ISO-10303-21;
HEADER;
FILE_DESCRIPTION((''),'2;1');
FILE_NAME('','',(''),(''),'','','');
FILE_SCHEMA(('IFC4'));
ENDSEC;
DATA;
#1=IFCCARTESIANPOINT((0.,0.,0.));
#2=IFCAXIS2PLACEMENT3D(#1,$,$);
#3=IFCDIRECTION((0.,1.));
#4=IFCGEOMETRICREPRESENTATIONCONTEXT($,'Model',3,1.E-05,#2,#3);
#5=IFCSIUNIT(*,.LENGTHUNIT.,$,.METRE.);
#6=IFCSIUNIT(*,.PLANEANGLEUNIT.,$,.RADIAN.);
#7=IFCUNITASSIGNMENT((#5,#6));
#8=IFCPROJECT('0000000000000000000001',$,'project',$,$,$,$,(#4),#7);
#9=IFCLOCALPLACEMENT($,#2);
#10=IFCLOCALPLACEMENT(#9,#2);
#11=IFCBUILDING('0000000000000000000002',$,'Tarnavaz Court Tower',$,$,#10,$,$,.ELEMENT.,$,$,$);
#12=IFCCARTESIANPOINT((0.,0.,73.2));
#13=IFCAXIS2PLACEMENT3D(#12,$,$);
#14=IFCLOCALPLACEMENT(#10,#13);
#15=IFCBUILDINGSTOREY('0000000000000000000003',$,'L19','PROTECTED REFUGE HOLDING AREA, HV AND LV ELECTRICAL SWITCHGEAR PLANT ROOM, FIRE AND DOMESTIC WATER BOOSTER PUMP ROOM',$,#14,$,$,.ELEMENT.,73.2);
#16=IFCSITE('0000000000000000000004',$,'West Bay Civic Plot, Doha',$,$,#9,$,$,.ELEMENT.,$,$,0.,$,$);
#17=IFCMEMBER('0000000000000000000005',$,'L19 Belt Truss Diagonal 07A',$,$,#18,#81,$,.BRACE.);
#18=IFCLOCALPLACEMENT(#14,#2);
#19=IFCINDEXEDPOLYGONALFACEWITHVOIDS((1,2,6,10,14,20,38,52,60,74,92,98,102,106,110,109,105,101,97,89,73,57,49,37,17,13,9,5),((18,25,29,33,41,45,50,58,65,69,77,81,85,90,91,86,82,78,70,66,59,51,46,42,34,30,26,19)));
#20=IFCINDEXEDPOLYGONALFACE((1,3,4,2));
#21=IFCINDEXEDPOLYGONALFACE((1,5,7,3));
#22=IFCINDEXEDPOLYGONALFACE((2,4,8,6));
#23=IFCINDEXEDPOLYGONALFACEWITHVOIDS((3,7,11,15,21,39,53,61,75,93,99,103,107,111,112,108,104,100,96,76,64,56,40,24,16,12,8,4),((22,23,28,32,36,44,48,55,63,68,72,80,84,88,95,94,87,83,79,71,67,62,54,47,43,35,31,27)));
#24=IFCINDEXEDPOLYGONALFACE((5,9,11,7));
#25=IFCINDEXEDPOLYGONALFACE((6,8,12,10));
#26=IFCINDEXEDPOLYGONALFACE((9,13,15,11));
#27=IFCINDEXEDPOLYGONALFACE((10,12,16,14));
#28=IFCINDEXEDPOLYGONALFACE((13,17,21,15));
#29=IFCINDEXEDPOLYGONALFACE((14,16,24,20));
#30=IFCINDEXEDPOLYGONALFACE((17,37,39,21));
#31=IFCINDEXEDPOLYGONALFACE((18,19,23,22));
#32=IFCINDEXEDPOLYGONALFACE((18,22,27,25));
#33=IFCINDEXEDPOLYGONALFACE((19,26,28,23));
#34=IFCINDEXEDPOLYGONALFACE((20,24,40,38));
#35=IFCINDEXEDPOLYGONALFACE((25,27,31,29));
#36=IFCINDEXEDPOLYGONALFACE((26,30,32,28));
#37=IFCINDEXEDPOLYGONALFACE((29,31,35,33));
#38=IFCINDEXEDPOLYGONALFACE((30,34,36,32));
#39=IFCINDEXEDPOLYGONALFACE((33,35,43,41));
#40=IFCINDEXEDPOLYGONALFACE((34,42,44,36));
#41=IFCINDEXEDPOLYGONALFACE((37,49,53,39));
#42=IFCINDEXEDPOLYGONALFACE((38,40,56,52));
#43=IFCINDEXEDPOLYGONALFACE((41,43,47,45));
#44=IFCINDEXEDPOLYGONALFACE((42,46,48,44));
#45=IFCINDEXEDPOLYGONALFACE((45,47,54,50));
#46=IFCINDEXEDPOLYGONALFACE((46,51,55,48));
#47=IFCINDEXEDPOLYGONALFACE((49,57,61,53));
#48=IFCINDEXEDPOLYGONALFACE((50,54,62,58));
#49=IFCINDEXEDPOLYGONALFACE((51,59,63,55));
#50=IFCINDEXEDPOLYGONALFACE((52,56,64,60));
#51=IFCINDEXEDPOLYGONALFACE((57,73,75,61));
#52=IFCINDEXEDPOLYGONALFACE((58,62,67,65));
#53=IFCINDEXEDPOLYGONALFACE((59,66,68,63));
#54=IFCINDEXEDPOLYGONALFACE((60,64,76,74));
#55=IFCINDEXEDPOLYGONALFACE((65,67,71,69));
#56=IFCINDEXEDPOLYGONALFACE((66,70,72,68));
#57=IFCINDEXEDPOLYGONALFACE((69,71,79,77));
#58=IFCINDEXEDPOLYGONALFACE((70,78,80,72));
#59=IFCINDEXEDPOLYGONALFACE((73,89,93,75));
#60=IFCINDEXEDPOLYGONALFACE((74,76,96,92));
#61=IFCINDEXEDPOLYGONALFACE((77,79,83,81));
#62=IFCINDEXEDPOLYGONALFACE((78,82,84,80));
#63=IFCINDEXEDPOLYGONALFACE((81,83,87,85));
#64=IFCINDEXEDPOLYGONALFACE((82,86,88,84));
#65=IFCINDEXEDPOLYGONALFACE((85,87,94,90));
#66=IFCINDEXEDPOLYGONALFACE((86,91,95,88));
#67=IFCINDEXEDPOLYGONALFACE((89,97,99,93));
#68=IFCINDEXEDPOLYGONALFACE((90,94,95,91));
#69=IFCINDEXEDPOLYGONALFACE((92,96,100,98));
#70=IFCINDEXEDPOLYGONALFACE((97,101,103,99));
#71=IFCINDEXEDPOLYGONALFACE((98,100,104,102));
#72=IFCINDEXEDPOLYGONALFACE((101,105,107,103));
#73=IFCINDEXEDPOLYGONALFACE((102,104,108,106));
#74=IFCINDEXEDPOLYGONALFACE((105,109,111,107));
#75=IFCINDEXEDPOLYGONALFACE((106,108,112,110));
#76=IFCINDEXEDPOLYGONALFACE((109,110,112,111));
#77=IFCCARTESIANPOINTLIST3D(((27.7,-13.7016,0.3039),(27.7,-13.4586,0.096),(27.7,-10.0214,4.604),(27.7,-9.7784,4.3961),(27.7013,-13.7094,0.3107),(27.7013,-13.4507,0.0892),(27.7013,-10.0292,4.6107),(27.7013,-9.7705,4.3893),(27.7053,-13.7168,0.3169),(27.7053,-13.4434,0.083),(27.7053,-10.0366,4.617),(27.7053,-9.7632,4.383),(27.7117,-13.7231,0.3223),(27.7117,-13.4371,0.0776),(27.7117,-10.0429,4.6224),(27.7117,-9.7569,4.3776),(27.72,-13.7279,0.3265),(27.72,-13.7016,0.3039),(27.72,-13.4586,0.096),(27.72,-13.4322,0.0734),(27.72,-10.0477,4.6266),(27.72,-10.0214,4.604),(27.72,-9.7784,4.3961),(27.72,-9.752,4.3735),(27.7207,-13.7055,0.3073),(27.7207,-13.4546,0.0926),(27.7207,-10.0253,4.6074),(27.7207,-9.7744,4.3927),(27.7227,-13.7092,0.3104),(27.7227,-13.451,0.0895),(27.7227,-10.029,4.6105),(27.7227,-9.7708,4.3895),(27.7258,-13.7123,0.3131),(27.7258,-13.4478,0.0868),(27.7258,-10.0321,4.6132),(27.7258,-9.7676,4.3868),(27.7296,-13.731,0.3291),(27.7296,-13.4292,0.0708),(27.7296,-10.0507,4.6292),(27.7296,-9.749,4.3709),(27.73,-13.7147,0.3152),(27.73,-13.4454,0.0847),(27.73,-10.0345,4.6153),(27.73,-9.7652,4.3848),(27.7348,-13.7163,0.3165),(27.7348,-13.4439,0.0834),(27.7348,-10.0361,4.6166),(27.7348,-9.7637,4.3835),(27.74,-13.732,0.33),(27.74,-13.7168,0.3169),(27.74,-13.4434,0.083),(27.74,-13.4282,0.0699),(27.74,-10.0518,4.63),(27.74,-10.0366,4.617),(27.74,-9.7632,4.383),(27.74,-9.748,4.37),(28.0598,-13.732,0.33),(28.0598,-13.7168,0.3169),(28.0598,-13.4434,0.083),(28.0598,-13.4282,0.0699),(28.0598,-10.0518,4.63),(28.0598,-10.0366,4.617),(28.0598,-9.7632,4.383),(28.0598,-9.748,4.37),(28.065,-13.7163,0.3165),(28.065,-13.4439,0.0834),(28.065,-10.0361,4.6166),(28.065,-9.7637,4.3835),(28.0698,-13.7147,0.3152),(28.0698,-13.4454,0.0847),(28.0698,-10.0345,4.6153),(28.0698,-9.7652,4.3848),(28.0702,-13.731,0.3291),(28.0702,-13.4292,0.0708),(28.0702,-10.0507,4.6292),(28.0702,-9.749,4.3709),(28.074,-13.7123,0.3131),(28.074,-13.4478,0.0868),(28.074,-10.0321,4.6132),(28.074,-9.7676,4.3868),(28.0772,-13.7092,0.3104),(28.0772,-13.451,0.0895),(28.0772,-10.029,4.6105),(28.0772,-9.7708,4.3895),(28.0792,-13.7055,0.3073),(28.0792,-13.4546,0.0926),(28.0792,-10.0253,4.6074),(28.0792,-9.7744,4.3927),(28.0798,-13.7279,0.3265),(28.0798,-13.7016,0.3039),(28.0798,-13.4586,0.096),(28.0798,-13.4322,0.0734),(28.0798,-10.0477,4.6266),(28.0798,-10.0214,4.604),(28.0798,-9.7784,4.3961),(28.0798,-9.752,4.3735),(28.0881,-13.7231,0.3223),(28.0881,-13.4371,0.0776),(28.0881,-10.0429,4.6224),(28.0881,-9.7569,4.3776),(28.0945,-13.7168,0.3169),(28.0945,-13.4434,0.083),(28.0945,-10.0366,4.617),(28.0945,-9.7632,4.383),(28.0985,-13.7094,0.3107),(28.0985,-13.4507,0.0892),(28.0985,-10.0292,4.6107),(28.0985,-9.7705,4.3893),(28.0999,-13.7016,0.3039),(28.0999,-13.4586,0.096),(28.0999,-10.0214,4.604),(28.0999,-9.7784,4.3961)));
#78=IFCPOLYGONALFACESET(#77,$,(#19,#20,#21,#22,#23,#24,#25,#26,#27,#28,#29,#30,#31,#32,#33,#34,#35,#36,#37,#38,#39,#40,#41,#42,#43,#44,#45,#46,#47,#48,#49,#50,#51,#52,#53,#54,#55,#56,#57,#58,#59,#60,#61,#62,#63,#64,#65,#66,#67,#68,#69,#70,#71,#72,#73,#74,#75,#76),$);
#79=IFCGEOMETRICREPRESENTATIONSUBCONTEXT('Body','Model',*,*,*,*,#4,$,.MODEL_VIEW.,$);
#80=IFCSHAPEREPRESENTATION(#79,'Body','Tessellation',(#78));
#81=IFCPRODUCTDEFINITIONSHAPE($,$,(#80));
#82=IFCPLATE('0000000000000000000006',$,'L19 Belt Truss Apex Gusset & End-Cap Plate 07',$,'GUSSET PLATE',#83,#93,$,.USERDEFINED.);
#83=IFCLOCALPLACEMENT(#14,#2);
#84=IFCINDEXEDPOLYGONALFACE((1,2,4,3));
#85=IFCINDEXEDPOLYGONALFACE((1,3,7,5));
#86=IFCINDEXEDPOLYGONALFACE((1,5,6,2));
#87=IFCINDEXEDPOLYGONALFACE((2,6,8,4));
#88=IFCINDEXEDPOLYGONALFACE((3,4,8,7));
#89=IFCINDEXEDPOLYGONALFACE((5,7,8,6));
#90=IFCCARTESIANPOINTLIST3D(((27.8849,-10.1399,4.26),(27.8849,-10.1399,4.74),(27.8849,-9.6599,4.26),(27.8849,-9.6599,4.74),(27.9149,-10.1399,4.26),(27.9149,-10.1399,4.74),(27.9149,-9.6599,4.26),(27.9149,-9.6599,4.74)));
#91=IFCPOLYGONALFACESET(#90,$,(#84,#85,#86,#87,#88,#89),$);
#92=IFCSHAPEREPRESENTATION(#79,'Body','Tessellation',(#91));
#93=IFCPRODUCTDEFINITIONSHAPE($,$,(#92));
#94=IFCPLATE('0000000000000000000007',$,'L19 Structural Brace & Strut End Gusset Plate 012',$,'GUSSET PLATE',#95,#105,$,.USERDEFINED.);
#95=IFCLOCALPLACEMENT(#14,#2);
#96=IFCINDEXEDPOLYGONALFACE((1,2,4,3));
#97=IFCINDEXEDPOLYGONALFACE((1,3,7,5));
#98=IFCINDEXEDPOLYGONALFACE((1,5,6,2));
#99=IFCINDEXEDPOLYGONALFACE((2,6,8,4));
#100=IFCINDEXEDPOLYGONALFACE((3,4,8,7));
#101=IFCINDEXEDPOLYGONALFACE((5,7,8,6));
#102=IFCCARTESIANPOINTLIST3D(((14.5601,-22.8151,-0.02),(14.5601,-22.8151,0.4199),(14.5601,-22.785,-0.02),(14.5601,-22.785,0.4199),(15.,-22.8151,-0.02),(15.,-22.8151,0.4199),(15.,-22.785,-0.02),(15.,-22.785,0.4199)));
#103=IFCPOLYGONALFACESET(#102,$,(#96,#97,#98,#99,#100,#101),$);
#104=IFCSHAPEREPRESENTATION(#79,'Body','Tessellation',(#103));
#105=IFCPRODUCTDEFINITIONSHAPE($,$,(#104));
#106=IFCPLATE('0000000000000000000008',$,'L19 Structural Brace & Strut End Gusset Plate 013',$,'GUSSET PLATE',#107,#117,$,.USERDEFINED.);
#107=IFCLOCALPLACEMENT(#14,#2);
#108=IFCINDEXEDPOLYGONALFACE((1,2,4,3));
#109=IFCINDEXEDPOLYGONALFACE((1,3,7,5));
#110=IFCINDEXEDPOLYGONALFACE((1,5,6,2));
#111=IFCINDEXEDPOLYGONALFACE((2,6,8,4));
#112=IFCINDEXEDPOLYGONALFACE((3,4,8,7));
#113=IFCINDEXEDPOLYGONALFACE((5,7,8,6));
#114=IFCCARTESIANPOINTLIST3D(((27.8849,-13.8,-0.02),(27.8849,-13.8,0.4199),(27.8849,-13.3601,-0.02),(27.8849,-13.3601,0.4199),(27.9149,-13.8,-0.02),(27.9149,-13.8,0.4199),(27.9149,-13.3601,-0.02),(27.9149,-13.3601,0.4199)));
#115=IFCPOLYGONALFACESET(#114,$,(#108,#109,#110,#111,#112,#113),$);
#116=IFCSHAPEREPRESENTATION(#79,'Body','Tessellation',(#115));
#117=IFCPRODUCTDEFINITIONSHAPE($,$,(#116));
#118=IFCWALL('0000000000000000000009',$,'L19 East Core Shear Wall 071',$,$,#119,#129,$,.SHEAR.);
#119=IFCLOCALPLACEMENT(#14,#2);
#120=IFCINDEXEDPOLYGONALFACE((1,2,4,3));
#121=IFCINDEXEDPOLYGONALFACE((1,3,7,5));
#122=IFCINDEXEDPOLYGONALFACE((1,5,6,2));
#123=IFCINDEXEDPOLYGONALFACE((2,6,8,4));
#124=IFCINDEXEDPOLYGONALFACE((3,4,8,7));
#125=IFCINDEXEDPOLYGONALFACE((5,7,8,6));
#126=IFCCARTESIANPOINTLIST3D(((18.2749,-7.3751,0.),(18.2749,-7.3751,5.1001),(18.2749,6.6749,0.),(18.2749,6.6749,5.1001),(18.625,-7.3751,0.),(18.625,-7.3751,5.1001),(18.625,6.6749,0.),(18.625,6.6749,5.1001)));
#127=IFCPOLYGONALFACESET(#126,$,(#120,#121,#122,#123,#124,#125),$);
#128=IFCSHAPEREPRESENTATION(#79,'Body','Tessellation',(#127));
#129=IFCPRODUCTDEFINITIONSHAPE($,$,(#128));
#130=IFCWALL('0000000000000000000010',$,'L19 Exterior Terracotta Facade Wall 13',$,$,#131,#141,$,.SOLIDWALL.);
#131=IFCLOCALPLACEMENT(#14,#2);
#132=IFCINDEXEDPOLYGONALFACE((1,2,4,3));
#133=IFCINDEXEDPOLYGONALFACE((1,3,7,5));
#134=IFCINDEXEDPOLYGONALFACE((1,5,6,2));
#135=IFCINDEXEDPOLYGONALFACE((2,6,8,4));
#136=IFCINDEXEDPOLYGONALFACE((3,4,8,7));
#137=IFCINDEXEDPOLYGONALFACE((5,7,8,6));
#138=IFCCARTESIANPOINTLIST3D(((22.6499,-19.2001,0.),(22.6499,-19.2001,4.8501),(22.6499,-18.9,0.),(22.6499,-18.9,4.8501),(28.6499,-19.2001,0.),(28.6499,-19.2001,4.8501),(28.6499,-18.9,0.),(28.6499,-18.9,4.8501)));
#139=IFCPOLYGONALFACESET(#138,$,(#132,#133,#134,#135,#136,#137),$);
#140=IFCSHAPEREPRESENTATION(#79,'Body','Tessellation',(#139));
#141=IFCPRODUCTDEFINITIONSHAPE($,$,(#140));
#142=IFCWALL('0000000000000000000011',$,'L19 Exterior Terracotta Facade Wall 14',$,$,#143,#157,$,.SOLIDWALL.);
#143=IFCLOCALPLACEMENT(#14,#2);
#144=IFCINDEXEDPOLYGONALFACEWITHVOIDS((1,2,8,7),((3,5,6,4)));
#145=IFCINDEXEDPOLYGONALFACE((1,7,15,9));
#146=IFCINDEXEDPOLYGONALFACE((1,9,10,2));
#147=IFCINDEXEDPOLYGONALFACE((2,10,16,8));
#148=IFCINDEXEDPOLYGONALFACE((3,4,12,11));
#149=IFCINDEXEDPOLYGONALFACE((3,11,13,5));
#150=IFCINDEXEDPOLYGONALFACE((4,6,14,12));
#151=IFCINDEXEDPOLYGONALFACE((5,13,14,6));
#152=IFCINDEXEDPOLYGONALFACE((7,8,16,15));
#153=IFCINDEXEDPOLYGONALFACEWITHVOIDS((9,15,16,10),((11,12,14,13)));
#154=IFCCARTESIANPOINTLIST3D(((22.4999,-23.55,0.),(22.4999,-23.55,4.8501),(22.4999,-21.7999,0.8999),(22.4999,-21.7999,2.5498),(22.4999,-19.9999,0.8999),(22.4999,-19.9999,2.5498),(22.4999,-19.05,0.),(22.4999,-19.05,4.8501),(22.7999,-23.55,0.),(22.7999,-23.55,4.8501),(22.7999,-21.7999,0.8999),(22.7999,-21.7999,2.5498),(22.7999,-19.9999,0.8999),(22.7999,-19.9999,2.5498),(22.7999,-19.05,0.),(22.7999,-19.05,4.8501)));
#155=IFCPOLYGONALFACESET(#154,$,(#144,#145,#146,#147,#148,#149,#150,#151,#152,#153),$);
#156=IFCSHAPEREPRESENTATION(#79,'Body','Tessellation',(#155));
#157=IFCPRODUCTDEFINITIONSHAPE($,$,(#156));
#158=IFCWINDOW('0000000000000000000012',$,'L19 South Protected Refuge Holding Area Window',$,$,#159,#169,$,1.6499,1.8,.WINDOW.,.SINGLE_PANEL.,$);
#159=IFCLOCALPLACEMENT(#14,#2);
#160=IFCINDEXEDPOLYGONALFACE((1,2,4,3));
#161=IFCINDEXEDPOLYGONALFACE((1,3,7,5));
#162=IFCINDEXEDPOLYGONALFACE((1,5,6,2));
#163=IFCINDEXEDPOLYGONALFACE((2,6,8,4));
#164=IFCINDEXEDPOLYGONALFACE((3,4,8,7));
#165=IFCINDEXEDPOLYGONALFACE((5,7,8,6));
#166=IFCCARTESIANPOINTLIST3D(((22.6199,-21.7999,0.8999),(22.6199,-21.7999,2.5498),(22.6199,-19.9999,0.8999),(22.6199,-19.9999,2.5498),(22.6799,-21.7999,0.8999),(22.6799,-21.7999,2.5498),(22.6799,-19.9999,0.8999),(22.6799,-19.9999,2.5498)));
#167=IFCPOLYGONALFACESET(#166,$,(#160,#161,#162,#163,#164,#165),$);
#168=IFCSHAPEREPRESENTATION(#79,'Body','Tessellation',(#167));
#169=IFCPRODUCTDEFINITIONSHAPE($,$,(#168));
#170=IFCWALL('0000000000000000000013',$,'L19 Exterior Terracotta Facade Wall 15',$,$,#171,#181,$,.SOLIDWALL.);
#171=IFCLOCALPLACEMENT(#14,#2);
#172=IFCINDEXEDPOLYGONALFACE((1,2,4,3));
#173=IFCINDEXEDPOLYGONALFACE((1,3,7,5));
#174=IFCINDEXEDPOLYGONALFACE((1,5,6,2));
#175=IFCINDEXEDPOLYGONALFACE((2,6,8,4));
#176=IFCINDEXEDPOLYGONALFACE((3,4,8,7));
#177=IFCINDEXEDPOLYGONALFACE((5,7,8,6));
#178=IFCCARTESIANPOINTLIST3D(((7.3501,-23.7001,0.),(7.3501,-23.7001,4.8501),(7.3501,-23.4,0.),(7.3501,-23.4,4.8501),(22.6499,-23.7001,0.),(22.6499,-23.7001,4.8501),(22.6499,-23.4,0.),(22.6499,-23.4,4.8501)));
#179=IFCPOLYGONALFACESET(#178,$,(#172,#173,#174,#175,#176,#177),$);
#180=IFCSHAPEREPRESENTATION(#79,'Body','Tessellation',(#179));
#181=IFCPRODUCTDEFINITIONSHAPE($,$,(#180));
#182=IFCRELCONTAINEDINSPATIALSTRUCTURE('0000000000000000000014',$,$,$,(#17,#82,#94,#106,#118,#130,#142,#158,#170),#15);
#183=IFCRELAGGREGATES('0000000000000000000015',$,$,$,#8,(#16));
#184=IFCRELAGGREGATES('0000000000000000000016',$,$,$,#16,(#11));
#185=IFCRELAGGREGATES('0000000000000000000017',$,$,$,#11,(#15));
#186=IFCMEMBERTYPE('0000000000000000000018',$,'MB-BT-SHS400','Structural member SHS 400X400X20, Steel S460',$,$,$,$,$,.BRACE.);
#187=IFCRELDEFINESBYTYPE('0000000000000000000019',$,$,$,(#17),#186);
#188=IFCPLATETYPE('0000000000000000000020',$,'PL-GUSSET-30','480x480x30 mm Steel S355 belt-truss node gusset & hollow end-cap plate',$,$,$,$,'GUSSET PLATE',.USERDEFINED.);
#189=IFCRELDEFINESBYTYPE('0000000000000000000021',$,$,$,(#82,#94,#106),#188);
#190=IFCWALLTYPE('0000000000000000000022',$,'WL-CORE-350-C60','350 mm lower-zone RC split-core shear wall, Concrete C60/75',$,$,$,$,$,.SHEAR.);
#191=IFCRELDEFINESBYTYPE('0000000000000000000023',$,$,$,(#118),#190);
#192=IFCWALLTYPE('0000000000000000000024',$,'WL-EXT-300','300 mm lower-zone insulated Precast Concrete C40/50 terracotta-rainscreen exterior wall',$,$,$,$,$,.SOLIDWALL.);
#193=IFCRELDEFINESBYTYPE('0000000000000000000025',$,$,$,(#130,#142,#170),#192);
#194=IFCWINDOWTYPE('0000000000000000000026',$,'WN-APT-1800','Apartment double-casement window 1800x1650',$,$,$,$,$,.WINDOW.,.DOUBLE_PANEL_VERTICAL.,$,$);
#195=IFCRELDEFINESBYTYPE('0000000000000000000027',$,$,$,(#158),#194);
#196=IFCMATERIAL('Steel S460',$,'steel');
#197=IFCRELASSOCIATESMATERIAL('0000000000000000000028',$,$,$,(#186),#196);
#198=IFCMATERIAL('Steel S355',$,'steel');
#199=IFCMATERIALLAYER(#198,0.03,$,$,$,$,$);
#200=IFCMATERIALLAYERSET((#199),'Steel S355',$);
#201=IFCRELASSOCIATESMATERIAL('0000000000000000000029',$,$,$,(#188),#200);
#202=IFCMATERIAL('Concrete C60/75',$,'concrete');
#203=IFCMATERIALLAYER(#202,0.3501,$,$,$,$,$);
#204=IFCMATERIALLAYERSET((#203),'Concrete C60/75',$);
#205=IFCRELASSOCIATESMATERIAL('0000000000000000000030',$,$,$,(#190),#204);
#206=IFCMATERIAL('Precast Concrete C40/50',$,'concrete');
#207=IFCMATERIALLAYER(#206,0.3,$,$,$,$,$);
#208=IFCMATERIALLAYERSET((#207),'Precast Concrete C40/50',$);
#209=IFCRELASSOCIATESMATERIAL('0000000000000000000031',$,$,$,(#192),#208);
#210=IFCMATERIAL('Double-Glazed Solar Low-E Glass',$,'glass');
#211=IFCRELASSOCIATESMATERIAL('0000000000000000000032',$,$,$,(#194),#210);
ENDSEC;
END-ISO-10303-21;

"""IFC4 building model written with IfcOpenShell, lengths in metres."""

from ifc_helpers import new_model, si_unit, direction, frame, frame_2d, origin, origin_2d, place, context, subcontext, project, spatial, rectangle, hollow_rectangle, extrude, material, layer, layer_set, material_profile, profile_set, type_object, element, fill, save


model = new_model("IFC4")

# Units and contexts
model_context = context("Model", 3, precision=1e-05, world=origin(), true_north=direction((0.0, 1.0)))
body_context = subcontext(model_context, "Body", "Model", "MODEL_VIEW")
ifc_project = project(units=[si_unit("LENGTHUNIT", "METRE"), si_unit("PLANEANGLEUNIT", "RADIAN")], contexts=[model_context])

# Site, building, storey
site_placement = place(None, origin())
site = spatial("IfcSite", under=ifc_project, at=site_placement, Name="West Bay Civic Plot, Doha", CompositionType="ELEMENT", RefElevation=0.0)
building_placement = place(site_placement, origin())
building = spatial("IfcBuilding", under=site, at=building_placement, Name="Tarnavaz Court Tower", CompositionType="ELEMENT")
storey_placement = place(building_placement, frame((0.0, 0.0, 73.2)))
storey = spatial("IfcBuildingStorey", under=building, at=storey_placement, Name="L19", Description="PROTECTED REFUGE HOLDING AREA, HV AND LV ELECTRICAL SWITCHGEAR PLANT ROOM, FIRE AND DOMESTIC WATER BOOSTER PUMP ROOM", CompositionType="ELEMENT", Elevation=73.2)

# Shared definitions
ifc_material_1 = material(Name="Concrete C60/75", Category="concrete")
ifc_material_2 = material(Name="Steel S460", Category="steel")

# Member
ifc_material_profile_1 = material_profile(ifc_material_2, hollow_rectangle(XDim=0.3999, YDim=0.3999, WallThickness=0.02, InnerFilletRadius=0.02, OuterFilletRadius=0.04, at=origin_2d()), Name="SHS 400X400X20")
ifc_profile_set_1 = profile_set([ifc_material_profile_1], Name="Steel S460")
member_type_1 = type_object("IfcMemberType", Name="MB-BT-SHS400", Description="Structural member SHS 400X400X20, Steel S460", PredefinedType="BRACE", material=ifc_profile_set_1)
member_1_placement = place(storey_placement, frame((27.8999, -13.5801, 0.2), z_axis=(0.0, 0.650223, 0.759744), x_axis=(-1.0, 0.0, 0.0)))
element("IfcMember", 1, at=member_1_placement, inside=storey, type_object=member_type_1, Name="L19 Belt Truss Diagonal 07A", PredefinedType="BRACE", context=body_context, shape_type="SweptSolid", body=[
    extrude(hollow_rectangle(XDim=0.3999, YDim=0.3999, WallThickness=0.02, InnerFilletRadius=0.02, OuterFilletRadius=0.04, at=origin_2d()), origin(), (0.0, 0.0, 1.0), 5.6599),
])

# Plates
ifc_material_3 = material(Name="Steel S355", Category="steel")
ifc_layer_1 = layer(ifc_material_3, 0.03)
ifc_layer_set_1 = layer_set([ifc_layer_1], Name="Steel S355")
plate_type = type_object("IfcPlateType", Name="PL-GUSSET-30", Description="480x480x30 mm Steel S355 belt-truss node gusset & hollow end-cap plate", ElementType="GUSSET PLATE", PredefinedType="USERDEFINED", material=ifc_layer_set_1)
plate_placement = place(storey_placement, frame((27.8999, -9.8999, 4.26), z_axis=(0.0, 0.0, 1.0), x_axis=(0.0, 1.0, 0.0)))
element("IfcPlate", 2, at=plate_placement, inside=storey, type_object=plate_type, Name="L19 Belt Truss Apex Gusset & End-Cap Plate 07", ObjectType="GUSSET PLATE", PredefinedType="USERDEFINED", context=body_context, shape_type="SweptSolid", body=[
    extrude(rectangle(XDim=0.48, YDim=0.03, at=origin_2d()), origin(), (0.0, 0.0, 1.0), 0.48),
])
for number, where, z_axis, x_axis, name in (
    (3, (14.78, -22.8, -0.02), (0.0, 0.0, 1.0), (1.0, 0.0, 0.0), "L19 Structural Brace & Strut End Gusset Plate 012"),
    (4, (27.8999, -13.5801, -0.02), (0.0, 0.0, 1.0), (0.0, 1.0, 0.0), "L19 Structural Brace & Strut End Gusset Plate 013"),
):
    element("IfcPlate", number, at=place(storey_placement, frame(where, z_axis=z_axis, x_axis=x_axis)), inside=storey, type_object=plate_type, Name=name, ObjectType="GUSSET PLATE", PredefinedType="USERDEFINED", context=body_context, shape_type="SweptSolid", body=[
        extrude(rectangle(XDim=0.4399, YDim=0.03, at=origin_2d()), origin(), (0.0, 0.0, 1.0), 0.4399),
    ])

# Walls
ifc_layer_2 = layer(ifc_material_1, 0.3501)
ifc_layer_set_2 = layer_set([ifc_layer_2], Name="Concrete C60/75")
wall_type_1 = type_object("IfcWallType", Name="WL-CORE-350-C60", Description="350 mm lower-zone RC split-core shear wall, Concrete C60/75", PredefinedType="SHEAR", material=ifc_layer_set_2)
wall_1_placement = place(storey_placement, frame((18.45, -7.375, 0.0), z_axis=(0.0, 0.0, 1.0), x_axis=(0.0, 1.0, 0.0)))
element("IfcWall", 5, at=wall_1_placement, inside=storey, type_object=wall_type_1, Name="L19 East Core Shear Wall 071", PredefinedType="SHEAR", context=body_context, shape_type="SweptSolid", body=[
    extrude(rectangle(XDim=14.05, YDim=0.3501, at=frame_2d((7.0249, 0.0))), origin(), (0.0, 0.0, 1.0), 5.1001),
])
ifc_material_4 = material(Name="Precast Concrete C40/50", Category="concrete")
ifc_layer_3 = layer(ifc_material_4, 0.3)
ifc_layer_set_3 = layer_set([ifc_layer_3], Name="Precast Concrete C40/50")
wall_type_2 = type_object("IfcWallType", Name="WL-EXT-300", Description="300 mm lower-zone insulated Precast Concrete C40/50 terracotta-rainscreen exterior wall", PredefinedType="SOLIDWALL", material=ifc_layer_set_3)
wall_2_placement = place(storey_placement, frame((28.6499, -19.05, 0.0), z_axis=(0.0, 0.0, 1.0), x_axis=(-1.0, 0.0, 0.0)))
element("IfcWall", 6, at=wall_2_placement, inside=storey, type_object=wall_type_2, Name="L19 Exterior Terracotta Facade Wall 13", PredefinedType="SOLIDWALL", context=body_context, shape_type="SweptSolid", body=[
    extrude(rectangle(XDim=6.0, YDim=0.3, at=frame_2d((3.0, 0.0))), origin(), (0.0, 0.0, 1.0), 4.8501),
])

# Wall, opening, window
wall_3_placement = place(storey_placement, frame((22.6499, -19.05, 0.0), z_axis=(0.0, 0.0, 1.0), x_axis=(0.0, -1.0, 0.0)))
wall_3 = element("IfcWall", 7, at=wall_3_placement, inside=storey, type_object=wall_type_2, Name="L19 Exterior Terracotta Facade Wall 14", PredefinedType="SOLIDWALL", context=body_context, shape_type="SweptSolid", body=[
    extrude(rectangle(XDim=4.5, YDim=0.3, at=frame_2d((2.25, 0.0))), origin(), (0.0, 0.0, 1.0), 4.8501),
])
opening_1_placement = place(wall_3_placement, frame((0.95, 0.0, 0.8999)))
opening_1 = element("IfcOpeningElement", 8, at=opening_1_placement, cuts=wall_3, PredefinedType="OPENING", context=body_context, shape_type="SweptSolid", body=[
    extrude(rectangle(XDim=1.8, YDim=1.6499, at=frame_2d((0.8999, 0.825))), frame((0.0, 0.1599, 0.0), z_axis=(0.0, -1.0, 0.0), x_axis=(1.0, 0.0, 0.0)), (0.0, 0.0, 1.0), 0.3201),
])
ifc_material_5 = material(Name="Double-Glazed Solar Low-E Glass", Category="glass")
window_type = type_object("IfcWindowType", Name="WN-APT-1800", Description="Apartment double-casement window 1800x1650", PartitioningType="DOUBLE_PANEL_VERTICAL", PredefinedType="WINDOW", material=ifc_material_5)
window_placement = place(opening_1_placement, origin())
window = element("IfcWindow", 9, at=window_placement, inside=storey, type_object=window_type, Name="L19 South Protected Refuge Holding Area Window", OverallHeight=1.6499, OverallWidth=1.8, PartitioningType="SINGLE_PANEL", PredefinedType="WINDOW", context=body_context, shape_type="SweptSolid", body=[
    extrude(rectangle(XDim=1.8, YDim=1.6499, at=frame_2d((0.8999, 0.825))), frame((0.0, 0.03, 0.0), z_axis=(0.0, -1.0, 0.0), x_axis=(1.0, 0.0, 0.0)), (0.0, 0.0, 1.0), 0.0601),
])
fill(opening_1, window)

# Wall
wall_4_placement = place(storey_placement, frame((22.6499, -23.55, 0.0), z_axis=(0.0, 0.0, 1.0), x_axis=(-1.0, 0.0, 0.0)))
element("IfcWall", 10, at=wall_4_placement, inside=storey, type_object=wall_type_2, Name="L19 Exterior Terracotta Facade Wall 15", PredefinedType="SOLIDWALL", context=body_context, shape_type="SweptSolid", body=[
    extrude(rectangle(XDim=15.2998, YDim=0.3, at=frame_2d((7.6499, 0.0))), origin(), (0.0, 0.0, 1.0), 4.8501),
])

save(model, "model.ifc")
